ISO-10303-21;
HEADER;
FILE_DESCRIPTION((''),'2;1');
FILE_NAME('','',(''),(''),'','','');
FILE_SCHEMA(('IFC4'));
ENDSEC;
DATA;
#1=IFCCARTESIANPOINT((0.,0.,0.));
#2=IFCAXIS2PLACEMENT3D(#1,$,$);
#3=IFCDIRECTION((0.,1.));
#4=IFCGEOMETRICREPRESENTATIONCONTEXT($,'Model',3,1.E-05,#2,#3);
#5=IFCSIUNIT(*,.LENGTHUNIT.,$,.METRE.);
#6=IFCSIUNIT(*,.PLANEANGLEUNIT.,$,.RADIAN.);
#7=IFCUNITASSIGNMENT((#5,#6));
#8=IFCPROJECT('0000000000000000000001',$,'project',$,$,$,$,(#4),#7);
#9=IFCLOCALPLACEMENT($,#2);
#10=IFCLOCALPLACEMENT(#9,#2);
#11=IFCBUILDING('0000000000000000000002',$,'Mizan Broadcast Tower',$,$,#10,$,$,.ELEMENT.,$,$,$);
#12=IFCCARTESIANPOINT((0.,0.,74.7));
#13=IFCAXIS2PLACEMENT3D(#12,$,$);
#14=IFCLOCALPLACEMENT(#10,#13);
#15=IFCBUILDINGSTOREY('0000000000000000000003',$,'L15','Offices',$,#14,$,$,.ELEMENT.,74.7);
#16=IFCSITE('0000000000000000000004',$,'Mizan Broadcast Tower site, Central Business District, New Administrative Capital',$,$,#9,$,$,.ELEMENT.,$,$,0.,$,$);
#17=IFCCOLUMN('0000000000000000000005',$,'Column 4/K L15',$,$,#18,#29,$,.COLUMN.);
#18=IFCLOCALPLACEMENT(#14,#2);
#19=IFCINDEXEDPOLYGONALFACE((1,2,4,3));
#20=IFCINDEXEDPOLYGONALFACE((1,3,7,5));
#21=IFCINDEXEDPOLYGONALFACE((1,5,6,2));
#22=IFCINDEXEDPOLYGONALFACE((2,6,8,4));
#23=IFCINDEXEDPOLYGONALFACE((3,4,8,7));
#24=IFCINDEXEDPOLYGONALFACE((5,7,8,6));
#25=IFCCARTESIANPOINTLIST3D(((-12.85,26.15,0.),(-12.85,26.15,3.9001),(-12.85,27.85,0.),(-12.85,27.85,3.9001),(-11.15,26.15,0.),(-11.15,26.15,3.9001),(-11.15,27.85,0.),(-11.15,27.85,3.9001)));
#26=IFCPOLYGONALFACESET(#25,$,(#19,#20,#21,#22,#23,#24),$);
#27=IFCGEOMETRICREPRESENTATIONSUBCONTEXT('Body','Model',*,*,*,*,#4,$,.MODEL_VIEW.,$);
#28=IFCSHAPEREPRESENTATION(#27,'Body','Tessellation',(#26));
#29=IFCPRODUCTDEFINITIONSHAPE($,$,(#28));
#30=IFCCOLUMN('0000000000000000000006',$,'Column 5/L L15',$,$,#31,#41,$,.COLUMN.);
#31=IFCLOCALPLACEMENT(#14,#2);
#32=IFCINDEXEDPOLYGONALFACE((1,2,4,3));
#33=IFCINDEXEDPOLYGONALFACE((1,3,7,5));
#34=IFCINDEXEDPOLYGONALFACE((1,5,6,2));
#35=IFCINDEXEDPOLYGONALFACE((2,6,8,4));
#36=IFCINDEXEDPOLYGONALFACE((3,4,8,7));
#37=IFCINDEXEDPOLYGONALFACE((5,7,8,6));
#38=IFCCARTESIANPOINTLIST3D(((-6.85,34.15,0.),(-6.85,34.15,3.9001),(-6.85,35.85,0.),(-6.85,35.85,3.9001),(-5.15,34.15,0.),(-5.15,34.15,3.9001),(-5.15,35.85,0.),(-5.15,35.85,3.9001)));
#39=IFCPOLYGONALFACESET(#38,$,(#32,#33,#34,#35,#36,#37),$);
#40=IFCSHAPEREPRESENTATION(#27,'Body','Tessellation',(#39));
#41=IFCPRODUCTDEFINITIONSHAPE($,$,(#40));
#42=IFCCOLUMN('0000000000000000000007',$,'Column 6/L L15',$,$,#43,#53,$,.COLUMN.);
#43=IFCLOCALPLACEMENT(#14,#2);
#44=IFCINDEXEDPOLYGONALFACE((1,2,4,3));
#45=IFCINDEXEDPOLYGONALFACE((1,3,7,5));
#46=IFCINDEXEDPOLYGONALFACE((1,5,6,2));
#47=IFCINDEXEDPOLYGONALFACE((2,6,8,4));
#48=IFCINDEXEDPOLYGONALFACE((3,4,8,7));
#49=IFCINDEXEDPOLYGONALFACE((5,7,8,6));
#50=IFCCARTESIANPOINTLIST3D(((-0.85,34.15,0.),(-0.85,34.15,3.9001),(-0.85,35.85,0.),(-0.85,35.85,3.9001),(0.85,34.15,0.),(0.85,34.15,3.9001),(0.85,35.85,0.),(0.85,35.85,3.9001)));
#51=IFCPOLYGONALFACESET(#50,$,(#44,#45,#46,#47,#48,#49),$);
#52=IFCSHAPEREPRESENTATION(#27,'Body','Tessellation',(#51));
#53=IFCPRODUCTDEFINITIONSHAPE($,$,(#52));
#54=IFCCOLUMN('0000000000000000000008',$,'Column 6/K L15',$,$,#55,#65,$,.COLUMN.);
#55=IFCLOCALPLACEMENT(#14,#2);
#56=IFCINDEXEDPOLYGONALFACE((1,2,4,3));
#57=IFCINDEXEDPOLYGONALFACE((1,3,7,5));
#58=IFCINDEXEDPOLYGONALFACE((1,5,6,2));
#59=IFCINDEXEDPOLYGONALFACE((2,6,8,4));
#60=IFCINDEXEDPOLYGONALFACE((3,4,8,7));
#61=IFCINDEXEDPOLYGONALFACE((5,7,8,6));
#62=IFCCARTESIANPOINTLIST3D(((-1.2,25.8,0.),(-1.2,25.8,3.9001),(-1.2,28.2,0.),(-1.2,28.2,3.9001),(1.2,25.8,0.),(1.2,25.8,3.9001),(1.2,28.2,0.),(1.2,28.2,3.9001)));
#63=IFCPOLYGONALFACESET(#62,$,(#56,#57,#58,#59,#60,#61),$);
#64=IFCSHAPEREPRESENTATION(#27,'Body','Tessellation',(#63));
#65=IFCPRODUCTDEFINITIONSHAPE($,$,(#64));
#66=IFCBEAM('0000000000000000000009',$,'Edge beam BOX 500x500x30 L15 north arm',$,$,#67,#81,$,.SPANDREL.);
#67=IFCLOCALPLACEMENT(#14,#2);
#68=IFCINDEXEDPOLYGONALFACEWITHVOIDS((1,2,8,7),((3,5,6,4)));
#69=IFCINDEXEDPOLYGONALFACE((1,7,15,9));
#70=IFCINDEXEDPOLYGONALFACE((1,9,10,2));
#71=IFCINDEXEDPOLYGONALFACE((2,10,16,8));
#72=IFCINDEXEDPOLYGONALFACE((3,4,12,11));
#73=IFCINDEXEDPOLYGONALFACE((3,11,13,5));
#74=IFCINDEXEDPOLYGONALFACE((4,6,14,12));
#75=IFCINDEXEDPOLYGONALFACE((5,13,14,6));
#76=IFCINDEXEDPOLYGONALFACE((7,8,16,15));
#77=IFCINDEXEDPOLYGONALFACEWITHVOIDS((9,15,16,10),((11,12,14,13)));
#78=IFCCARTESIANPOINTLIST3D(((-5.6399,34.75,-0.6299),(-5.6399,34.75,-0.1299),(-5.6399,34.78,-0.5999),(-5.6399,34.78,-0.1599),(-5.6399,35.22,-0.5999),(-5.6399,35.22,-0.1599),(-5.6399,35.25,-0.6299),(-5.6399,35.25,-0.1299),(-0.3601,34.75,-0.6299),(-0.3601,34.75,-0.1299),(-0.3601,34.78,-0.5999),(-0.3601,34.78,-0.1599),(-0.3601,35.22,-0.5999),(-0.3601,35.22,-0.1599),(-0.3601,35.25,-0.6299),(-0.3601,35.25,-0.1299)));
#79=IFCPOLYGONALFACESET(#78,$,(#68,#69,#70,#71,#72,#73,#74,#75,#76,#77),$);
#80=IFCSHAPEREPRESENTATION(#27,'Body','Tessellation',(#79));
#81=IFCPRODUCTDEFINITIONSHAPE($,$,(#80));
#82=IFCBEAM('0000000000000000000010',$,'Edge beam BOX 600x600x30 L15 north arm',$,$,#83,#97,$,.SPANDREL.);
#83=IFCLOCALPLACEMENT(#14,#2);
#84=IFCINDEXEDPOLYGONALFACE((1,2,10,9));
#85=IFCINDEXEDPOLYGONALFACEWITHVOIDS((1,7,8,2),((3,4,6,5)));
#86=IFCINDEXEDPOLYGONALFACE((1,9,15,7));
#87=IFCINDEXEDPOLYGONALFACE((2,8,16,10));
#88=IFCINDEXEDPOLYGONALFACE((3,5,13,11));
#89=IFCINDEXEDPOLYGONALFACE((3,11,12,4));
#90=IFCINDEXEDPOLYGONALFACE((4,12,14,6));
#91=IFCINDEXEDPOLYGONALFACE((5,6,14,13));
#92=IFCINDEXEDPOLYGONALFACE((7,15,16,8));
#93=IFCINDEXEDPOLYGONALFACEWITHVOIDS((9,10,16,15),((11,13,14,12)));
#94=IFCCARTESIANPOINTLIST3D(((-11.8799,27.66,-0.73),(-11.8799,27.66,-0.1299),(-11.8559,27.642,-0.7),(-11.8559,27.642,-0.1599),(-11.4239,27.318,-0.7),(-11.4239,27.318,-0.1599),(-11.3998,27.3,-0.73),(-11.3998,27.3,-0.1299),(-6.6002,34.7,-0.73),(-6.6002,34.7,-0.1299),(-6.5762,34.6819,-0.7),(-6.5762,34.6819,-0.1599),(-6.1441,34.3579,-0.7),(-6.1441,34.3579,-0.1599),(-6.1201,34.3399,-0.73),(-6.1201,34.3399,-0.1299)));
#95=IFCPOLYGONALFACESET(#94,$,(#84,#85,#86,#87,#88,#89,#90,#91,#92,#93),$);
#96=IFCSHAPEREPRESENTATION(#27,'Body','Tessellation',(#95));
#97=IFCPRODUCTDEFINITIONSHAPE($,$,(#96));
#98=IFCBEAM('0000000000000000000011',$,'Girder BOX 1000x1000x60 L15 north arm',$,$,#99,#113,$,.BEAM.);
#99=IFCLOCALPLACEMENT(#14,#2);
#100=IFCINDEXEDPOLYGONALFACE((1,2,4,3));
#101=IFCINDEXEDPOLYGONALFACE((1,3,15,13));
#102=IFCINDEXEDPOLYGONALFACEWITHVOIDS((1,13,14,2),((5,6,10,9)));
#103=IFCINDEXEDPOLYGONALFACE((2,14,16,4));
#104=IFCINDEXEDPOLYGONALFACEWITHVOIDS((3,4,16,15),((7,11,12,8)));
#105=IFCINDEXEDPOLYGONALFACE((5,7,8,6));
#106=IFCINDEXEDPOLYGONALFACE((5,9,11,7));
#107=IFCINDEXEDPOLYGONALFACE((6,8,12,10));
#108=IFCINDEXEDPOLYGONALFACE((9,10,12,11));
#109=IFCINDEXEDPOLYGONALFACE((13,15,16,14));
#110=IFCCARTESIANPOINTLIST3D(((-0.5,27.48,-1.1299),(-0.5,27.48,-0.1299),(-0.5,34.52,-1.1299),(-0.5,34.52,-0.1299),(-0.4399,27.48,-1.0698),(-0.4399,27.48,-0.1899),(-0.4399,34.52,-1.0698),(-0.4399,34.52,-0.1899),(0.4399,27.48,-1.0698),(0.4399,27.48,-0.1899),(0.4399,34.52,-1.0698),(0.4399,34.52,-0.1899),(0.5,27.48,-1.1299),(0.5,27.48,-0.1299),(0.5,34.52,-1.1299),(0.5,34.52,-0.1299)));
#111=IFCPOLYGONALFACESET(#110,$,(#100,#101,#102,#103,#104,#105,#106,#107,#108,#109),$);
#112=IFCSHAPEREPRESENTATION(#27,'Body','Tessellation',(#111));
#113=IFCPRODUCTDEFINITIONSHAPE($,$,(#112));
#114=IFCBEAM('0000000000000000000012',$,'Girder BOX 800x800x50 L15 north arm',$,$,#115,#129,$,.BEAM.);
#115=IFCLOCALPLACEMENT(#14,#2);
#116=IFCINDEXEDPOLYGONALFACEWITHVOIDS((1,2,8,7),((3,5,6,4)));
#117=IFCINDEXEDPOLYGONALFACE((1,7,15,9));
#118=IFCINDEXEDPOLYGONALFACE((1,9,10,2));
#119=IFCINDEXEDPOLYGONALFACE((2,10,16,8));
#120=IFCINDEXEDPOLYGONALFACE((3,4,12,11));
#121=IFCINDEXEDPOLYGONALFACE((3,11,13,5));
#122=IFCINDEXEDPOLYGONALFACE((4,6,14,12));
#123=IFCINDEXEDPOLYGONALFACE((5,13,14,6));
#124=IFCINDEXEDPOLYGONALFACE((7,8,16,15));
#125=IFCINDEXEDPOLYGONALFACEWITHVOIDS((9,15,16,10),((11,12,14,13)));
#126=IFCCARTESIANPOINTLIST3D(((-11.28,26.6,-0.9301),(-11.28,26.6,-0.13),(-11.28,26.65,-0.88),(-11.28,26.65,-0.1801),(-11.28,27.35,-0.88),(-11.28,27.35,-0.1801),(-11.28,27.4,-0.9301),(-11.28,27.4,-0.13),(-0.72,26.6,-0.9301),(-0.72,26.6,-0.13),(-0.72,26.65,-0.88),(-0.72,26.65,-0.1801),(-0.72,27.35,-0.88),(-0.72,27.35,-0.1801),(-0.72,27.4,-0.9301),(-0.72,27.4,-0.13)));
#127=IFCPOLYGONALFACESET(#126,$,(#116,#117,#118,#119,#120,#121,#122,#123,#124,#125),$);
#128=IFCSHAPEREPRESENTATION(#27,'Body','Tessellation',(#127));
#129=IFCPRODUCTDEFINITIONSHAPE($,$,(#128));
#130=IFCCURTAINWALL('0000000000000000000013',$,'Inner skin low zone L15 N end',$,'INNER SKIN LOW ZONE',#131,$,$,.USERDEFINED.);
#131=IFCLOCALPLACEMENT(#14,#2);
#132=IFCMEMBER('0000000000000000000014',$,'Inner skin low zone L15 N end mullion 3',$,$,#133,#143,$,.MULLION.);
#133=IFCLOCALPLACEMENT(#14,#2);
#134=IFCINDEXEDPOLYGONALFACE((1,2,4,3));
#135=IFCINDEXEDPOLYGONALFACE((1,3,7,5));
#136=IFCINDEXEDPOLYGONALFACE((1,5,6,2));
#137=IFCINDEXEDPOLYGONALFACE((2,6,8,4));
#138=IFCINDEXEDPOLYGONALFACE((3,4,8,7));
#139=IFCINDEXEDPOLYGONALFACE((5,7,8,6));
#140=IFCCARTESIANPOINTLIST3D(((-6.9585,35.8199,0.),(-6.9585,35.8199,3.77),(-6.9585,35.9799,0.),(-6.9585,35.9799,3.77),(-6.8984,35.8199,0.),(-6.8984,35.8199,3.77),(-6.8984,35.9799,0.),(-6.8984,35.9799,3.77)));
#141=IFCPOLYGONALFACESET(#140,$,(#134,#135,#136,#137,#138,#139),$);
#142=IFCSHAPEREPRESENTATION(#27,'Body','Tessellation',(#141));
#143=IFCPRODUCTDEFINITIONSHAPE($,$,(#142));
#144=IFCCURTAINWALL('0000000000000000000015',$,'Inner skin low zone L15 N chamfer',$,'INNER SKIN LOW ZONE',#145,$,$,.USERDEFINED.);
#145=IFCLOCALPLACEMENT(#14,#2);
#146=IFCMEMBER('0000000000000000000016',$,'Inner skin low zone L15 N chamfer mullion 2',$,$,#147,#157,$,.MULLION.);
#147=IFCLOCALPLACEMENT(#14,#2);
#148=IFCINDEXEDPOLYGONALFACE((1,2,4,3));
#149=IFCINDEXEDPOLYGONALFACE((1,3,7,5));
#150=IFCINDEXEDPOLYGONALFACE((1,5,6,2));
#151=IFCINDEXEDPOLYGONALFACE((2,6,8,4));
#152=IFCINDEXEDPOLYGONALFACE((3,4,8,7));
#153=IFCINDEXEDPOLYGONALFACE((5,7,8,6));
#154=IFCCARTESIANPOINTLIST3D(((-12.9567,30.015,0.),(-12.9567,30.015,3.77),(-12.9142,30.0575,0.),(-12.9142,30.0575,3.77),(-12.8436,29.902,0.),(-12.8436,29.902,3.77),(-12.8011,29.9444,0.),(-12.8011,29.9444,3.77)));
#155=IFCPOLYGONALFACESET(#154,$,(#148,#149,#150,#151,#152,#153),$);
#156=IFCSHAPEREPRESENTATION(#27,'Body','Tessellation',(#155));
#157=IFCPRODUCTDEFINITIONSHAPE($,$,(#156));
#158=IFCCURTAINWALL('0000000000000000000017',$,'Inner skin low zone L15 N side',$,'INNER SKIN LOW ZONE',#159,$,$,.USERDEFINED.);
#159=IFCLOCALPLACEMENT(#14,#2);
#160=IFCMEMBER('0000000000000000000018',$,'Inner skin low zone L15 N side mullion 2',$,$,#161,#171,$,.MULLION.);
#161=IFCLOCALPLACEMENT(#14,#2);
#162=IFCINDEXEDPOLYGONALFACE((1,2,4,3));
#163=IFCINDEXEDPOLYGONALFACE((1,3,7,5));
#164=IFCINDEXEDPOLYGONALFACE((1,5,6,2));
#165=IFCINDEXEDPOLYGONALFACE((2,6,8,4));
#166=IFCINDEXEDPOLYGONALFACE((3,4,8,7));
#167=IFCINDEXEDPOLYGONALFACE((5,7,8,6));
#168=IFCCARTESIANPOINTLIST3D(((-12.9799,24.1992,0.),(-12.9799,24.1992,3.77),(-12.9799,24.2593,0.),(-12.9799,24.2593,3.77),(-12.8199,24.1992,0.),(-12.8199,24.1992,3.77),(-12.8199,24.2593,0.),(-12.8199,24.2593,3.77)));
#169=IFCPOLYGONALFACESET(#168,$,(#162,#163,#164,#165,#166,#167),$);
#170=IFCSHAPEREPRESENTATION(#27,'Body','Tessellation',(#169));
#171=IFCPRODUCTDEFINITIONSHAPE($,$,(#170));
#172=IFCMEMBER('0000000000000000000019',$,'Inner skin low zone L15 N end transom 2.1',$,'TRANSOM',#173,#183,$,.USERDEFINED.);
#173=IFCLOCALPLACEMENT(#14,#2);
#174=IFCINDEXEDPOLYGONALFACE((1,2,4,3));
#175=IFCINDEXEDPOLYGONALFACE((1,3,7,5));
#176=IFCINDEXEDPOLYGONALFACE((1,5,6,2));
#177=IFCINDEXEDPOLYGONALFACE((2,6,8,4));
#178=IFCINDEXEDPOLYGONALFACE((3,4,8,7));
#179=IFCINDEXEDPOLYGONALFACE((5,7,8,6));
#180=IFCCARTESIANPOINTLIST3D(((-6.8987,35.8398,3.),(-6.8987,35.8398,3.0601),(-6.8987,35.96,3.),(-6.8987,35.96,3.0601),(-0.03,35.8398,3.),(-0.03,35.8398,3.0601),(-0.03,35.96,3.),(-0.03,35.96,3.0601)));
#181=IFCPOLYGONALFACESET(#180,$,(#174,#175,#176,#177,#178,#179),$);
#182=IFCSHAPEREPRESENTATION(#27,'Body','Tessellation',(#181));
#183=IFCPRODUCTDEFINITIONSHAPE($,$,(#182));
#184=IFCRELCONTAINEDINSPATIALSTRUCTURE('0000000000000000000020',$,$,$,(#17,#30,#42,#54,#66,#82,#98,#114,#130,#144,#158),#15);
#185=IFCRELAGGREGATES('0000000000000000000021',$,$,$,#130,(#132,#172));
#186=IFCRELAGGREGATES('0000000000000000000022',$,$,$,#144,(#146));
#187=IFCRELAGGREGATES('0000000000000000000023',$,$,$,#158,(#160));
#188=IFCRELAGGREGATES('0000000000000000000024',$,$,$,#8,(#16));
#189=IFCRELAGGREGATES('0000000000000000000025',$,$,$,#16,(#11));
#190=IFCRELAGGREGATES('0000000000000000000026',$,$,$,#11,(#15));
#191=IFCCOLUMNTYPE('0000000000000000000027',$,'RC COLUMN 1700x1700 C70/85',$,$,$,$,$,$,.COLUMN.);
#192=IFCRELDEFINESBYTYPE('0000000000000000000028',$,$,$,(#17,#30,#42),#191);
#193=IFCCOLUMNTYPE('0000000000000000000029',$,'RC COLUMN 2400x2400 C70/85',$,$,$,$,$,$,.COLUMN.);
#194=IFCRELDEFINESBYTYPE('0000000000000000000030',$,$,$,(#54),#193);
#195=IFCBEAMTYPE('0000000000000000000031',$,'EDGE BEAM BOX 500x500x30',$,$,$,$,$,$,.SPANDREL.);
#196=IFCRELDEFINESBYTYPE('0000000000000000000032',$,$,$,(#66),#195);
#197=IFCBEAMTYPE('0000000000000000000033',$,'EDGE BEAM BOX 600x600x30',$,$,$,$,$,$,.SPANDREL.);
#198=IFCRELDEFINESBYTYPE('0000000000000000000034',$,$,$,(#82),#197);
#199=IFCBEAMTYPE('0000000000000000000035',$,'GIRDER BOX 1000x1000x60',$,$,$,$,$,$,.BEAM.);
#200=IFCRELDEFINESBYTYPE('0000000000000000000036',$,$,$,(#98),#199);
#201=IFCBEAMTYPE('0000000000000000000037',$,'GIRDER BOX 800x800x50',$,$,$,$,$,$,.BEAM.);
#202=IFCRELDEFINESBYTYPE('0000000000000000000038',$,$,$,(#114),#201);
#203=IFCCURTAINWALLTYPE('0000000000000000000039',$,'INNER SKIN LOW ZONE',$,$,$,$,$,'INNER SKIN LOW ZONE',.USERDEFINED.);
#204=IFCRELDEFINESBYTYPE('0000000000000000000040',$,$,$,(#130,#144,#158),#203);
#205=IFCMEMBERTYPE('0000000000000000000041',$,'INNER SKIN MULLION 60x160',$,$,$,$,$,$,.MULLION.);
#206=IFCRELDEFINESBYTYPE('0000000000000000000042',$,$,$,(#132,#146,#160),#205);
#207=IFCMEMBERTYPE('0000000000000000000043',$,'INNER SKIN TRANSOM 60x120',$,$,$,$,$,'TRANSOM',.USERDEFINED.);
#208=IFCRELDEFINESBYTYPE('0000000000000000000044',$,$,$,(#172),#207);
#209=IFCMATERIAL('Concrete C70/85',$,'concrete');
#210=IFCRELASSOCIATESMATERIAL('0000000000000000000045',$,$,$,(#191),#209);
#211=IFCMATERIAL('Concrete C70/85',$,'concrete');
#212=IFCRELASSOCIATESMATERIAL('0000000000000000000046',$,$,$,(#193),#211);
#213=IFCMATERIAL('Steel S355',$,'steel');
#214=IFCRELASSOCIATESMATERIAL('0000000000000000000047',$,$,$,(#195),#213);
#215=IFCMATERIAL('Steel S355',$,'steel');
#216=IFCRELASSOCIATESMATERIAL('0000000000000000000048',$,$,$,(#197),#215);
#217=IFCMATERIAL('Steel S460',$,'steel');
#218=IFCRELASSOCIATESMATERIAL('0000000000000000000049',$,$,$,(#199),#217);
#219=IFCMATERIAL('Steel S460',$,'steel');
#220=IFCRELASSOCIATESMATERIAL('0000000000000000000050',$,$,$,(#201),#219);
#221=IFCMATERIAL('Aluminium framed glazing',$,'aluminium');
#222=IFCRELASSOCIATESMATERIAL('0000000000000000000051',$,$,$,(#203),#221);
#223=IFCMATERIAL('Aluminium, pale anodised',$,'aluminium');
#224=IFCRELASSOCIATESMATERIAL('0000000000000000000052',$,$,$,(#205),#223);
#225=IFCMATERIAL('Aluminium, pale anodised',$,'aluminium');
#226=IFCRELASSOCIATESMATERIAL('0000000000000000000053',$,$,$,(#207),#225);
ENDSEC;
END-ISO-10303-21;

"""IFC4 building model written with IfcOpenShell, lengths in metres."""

from ifc_helpers import new_model, si_unit, direction, frame, origin, origin_2d, place, context, subcontext, project, spatial, rectangle, hollow_rectangle, extrude, material, material_profile, profile_set, type_object, element, aggregate, save


model = new_model("IFC4")

# Units and contexts
model_context = context("Model", 3, precision=1e-05, world=origin(), true_north=direction((0.0, 1.0)))
body_context = subcontext(model_context, "Body", "Model", "MODEL_VIEW")
ifc_project = project(units=[si_unit("LENGTHUNIT", "METRE"), si_unit("PLANEANGLEUNIT", "RADIAN")], contexts=[model_context])

# Site, building, storey
site_placement = place(None, origin())
site = spatial("IfcSite", under=ifc_project, at=site_placement, Name="Mizan Broadcast Tower site, Central Business District, New Administrative Capital", CompositionType="ELEMENT", RefElevation=0.0)
building_placement = place(site_placement, origin())
building = spatial("IfcBuilding", under=site, at=building_placement, Name="Mizan Broadcast Tower", CompositionType="ELEMENT")
storey_placement = place(building_placement, frame((0.0, 0.0, 74.7)))
storey = spatial("IfcBuildingStorey", under=building, at=storey_placement, Name="L15", Description="Offices", CompositionType="ELEMENT", Elevation=74.7)

# Columns
ifc_material_1 = material(Name="Concrete C70/85", Category="concrete")
ifc_material_profile_1 = material_profile(ifc_material_1, rectangle(XDim=1.7, YDim=1.7, at=origin_2d()), Name="RC 1700x1700")
ifc_profile_set_1 = profile_set([ifc_material_profile_1], Name="Concrete C70/85")
column_type_1 = type_object("IfcColumnType", Name="RC COLUMN 1700x1700 C70/85", PredefinedType="COLUMN", material=ifc_profile_set_1)
for number, where, z_axis, x_axis, name in (
    (1, (-12.0, 27.0, 0.0), (0.0, 0.0, 1.0), (1.0, 0.0, 0.0), "Column 4/K L15"),
    (2, (-6.0, 35.0, 0.0), (0.0, 0.0, 1.0), (1.0, 0.0, 0.0), "Column 5/L L15"),
    (3, (0.0, 35.0, 0.0), (0.0, 0.0, 1.0), (1.0, 0.0, 0.0), "Column 6/L L15"),
):
    element("IfcColumn", number, at=place(storey_placement, frame(where, z_axis=z_axis, x_axis=x_axis)), inside=storey, type_object=column_type_1, Name=name, PredefinedType="COLUMN", context=body_context, shape_type="SweptSolid", body=[
        extrude(rectangle(XDim=1.7, YDim=1.7, at=origin_2d()), origin(), (0.0, 0.0, 1.0), 3.9001),
    ])
ifc_material_2 = material(Name="Concrete C70/85", Category="concrete")
ifc_material_profile_2 = material_profile(ifc_material_2, rectangle(XDim=2.3999, YDim=2.3999, at=origin_2d()), Name="RC 2400x2400")
ifc_profile_set_2 = profile_set([ifc_material_profile_2], Name="Concrete C70/85")
column_type_2 = type_object("IfcColumnType", Name="RC COLUMN 2400x2400 C70/85", PredefinedType="COLUMN", material=ifc_profile_set_2)
column_placement = place(storey_placement, frame((0.0, 27.0, 0.0), z_axis=(0.0, 0.0, 1.0), x_axis=(1.0, 0.0, 0.0)))
element("IfcColumn", 4, at=column_placement, inside=storey, type_object=column_type_2, Name="Column 6/K L15", PredefinedType="COLUMN", context=body_context, shape_type="SweptSolid", body=[
    extrude(rectangle(XDim=2.3999, YDim=2.3999, at=origin_2d()), origin(), (0.0, 0.0, 1.0), 3.9001),
])

# Beams
ifc_material_3 = material(Name="Steel S355", Category="steel")
ifc_material_profile_3 = material_profile(ifc_material_3, hollow_rectangle(XDim=0.5, YDim=0.5, WallThickness=0.03, at=origin_2d()), Name="BOX 500x500x30")
ifc_profile_set_3 = profile_set([ifc_material_profile_3], Name="Steel S355")
beam_type_1 = type_object("IfcBeamType", Name="EDGE BEAM BOX 500x500x30", PredefinedType="SPANDREL", material=ifc_profile_set_3)
beam_1_placement = place(storey_placement, frame((-5.6399, 35.0, -0.3799), z_axis=(1.0, 0.0, 0.0), x_axis=(0.0, 1.0, 0.0)))
element("IfcBeam", 5, at=beam_1_placement, inside=storey, type_object=beam_type_1, Name="Edge beam BOX 500x500x30 L15 north arm", PredefinedType="SPANDREL", context=body_context, shape_type="SweptSolid", body=[
    extrude(hollow_rectangle(XDim=0.5, YDim=0.5, WallThickness=0.03, at=origin_2d()), origin(), (0.0, 0.0, 1.0), 5.2798),
])
ifc_material_4 = material(Name="Steel S355", Category="steel")
ifc_material_profile_4 = material_profile(ifc_material_4, hollow_rectangle(XDim=0.6001, YDim=0.6001, WallThickness=0.03, at=origin_2d()), Name="BOX 600x600x30")
ifc_profile_set_4 = profile_set([ifc_material_profile_4], Name="Steel S355")
beam_type_2 = type_object("IfcBeamType", Name="EDGE BEAM BOX 600x600x30", PredefinedType="SPANDREL", material=ifc_profile_set_4)
beam_2_placement = place(storey_placement, frame((-11.6399, 27.48, -0.4299), z_axis=(0.599982, 0.800013, 0.0), x_axis=(-0.800013, 0.599982, 0.0)))
element("IfcBeam", 6, at=beam_2_placement, inside=storey, type_object=beam_type_2, Name="Edge beam BOX 600x600x30 L15 north arm", PredefinedType="SPANDREL", context=body_context, shape_type="SweptSolid", body=[
    extrude(hollow_rectangle(XDim=0.6001, YDim=0.6001, WallThickness=0.03, at=origin_2d()), origin(), (0.0, 0.0, 1.0), 8.7998),
])
ifc_material_5 = material(Name="Steel S460", Category="steel")
ifc_material_profile_5 = material_profile(ifc_material_5, hollow_rectangle(XDim=1.0, YDim=1.0, WallThickness=0.0601, at=origin_2d()), Name="BOX 1000x1000x60")
ifc_profile_set_5 = profile_set([ifc_material_profile_5], Name="Steel S460")
beam_type_3 = type_object("IfcBeamType", Name="GIRDER BOX 1000x1000x60", PredefinedType="BEAM", material=ifc_profile_set_5)
beam_3_placement = place(storey_placement, frame((0.0, 27.48, -0.6299), z_axis=(0.0, 1.0, 0.0), x_axis=(-1.0, 0.0, 0.0)))
element("IfcBeam", 7, at=beam_3_placement, inside=storey, type_object=beam_type_3, Name="Girder BOX 1000x1000x60 L15 north arm", PredefinedType="BEAM", context=body_context, shape_type="SweptSolid", body=[
    extrude(hollow_rectangle(XDim=1.0, YDim=1.0, WallThickness=0.0601, at=origin_2d()), origin(), (0.0, 0.0, 1.0), 7.04),
])
ifc_material_6 = material(Name="Steel S460", Category="steel")
ifc_material_profile_6 = material_profile(ifc_material_6, hollow_rectangle(XDim=0.8, YDim=0.8, WallThickness=0.05, at=origin_2d()), Name="BOX 800x800x50")
ifc_profile_set_6 = profile_set([ifc_material_profile_6], Name="Steel S460")
beam_type_4 = type_object("IfcBeamType", Name="GIRDER BOX 800x800x50", PredefinedType="BEAM", material=ifc_profile_set_6)
beam_4_placement = place(storey_placement, frame((-11.28, 27.0, -0.53), z_axis=(1.0, 0.0, 0.0), x_axis=(0.0, 1.0, 0.0)))
element("IfcBeam", 8, at=beam_4_placement, inside=storey, type_object=beam_type_4, Name="Girder BOX 800x800x50 L15 north arm", PredefinedType="BEAM", context=body_context, shape_type="SweptSolid", body=[
    extrude(hollow_rectangle(XDim=0.8, YDim=0.8, WallThickness=0.05, at=origin_2d()), origin(), (0.0, 0.0, 1.0), 10.5601),
])

# Curtain walls, members
ifc_material_7 = material(Name="Aluminium framed glazing", Category="aluminium")
curtain_wall_type_1 = type_object("IfcCurtainWallType", Name="INNER SKIN LOW ZONE", ElementType="INNER SKIN LOW ZONE", PredefinedType="USERDEFINED", material=ifc_material_7)
curtain_wall_1_placement = place(storey_placement, origin())
curtain_wall_1 = element("IfcCurtainWall", 9, at=curtain_wall_1_placement, inside=storey, type_object=curtain_wall_type_1, Name="Inner skin low zone L15 N end", ObjectType="INNER SKIN LOW ZONE", PredefinedType="USERDEFINED")
ifc_material_8 = material(Name="Aluminium, pale anodised", Category="aluminium")
ifc_material_profile_7 = material_profile(ifc_material_8, rectangle(XDim=0.1599, YDim=0.0601, at=origin_2d()), Name="MULLION 160x60")
ifc_profile_set_7 = profile_set([ifc_material_profile_7], Name="Aluminium, pale anodised")
member_type_1 = type_object("IfcMemberType", Name="INNER SKIN MULLION 60x160", PredefinedType="MULLION", material=ifc_profile_set_7)
member_1_placement = place(storey_placement, frame((-6.9285, 35.8999, 0.0), z_axis=(0.0, 0.0, 1.0), x_axis=(0.0, -1.0, 0.0)))
member_1 = element("IfcMember", 10, at=member_1_placement, type_object=member_type_1, Name="Inner skin low zone L15 N end mullion 3", PredefinedType="MULLION", context=body_context, shape_type="SweptSolid", body=[
    extrude(rectangle(XDim=0.1599, YDim=0.0601, at=origin_2d()), origin(), (0.0, 0.0, 1.0), 3.77),
])
curtain_wall_2_placement = place(storey_placement, origin())
curtain_wall_2 = element("IfcCurtainWall", 11, at=curtain_wall_2_placement, inside=storey, type_object=curtain_wall_type_1, Name="Inner skin low zone L15 N chamfer", ObjectType="INNER SKIN LOW ZONE", PredefinedType="USERDEFINED")
member_2_placement = place(storey_placement, frame((-12.8789, 29.9797, 0.0), z_axis=(0.0, 0.0, 1.0), x_axis=(0.707107, -0.707107, 0.0)))
member_2 = element("IfcMember", 12, at=member_2_placement, type_object=member_type_1, Name="Inner skin low zone L15 N chamfer mullion 2", PredefinedType="MULLION", context=body_context, shape_type="SweptSolid", body=[
    extrude(rectangle(XDim=0.1599, YDim=0.0601, at=origin_2d()), origin(), (0.0, 0.0, 1.0), 3.77),
])
curtain_wall_3_placement = place(storey_placement, origin())
curtain_wall_3 = element("IfcCurtainWall", 13, at=curtain_wall_3_placement, inside=storey, type_object=curtain_wall_type_1, Name="Inner skin low zone L15 N side", ObjectType="INNER SKIN LOW ZONE", PredefinedType="USERDEFINED")
member_3_placement = place(storey_placement, frame((-12.8999, 24.2292, 0.0), z_axis=(0.0, 0.0, 1.0), x_axis=(1.0, 0.0, 0.0)))
member_3 = element("IfcMember", 14, at=member_3_placement, type_object=member_type_1, Name="Inner skin low zone L15 N side mullion 2", PredefinedType="MULLION", context=body_context, shape_type="SweptSolid", body=[
    extrude(rectangle(XDim=0.1599, YDim=0.0601, at=origin_2d()), origin(), (0.0, 0.0, 1.0), 3.77),
])

# Member
ifc_material_9 = material(Name="Aluminium, pale anodised", Category="aluminium")
ifc_material_profile_8 = material_profile(ifc_material_9, rectangle(XDim=0.1201, YDim=0.0601, at=origin_2d()), Name="TRANSOM 120x60")
ifc_profile_set_8 = profile_set([ifc_material_profile_8], Name="Aluminium, pale anodised")
member_type_2 = type_object("IfcMemberType", Name="INNER SKIN TRANSOM 60x120", ElementType="TRANSOM", PredefinedType="USERDEFINED", material=ifc_profile_set_8)
member_4_placement = place(storey_placement, frame((-0.03, 35.8999, 3.03), z_axis=(-1.0, 0.0, 0.0), x_axis=(0.0, -1.0, 0.0)))
member_4 = element("IfcMember", 15, at=member_4_placement, type_object=member_type_2, Name="Inner skin low zone L15 N end transom 2.1", ObjectType="TRANSOM", PredefinedType="USERDEFINED", context=body_context, shape_type="SweptSolid", body=[
    extrude(rectangle(XDim=0.1201, YDim=0.0601, at=origin_2d()), origin(), (0.0, 0.0, 1.0), 6.8687),
])

aggregate(curtain_wall_1, [member_1, member_4])
aggregate(curtain_wall_2, [member_2])
aggregate(curtain_wall_3, [member_3])

save(model, "model.ifc")
